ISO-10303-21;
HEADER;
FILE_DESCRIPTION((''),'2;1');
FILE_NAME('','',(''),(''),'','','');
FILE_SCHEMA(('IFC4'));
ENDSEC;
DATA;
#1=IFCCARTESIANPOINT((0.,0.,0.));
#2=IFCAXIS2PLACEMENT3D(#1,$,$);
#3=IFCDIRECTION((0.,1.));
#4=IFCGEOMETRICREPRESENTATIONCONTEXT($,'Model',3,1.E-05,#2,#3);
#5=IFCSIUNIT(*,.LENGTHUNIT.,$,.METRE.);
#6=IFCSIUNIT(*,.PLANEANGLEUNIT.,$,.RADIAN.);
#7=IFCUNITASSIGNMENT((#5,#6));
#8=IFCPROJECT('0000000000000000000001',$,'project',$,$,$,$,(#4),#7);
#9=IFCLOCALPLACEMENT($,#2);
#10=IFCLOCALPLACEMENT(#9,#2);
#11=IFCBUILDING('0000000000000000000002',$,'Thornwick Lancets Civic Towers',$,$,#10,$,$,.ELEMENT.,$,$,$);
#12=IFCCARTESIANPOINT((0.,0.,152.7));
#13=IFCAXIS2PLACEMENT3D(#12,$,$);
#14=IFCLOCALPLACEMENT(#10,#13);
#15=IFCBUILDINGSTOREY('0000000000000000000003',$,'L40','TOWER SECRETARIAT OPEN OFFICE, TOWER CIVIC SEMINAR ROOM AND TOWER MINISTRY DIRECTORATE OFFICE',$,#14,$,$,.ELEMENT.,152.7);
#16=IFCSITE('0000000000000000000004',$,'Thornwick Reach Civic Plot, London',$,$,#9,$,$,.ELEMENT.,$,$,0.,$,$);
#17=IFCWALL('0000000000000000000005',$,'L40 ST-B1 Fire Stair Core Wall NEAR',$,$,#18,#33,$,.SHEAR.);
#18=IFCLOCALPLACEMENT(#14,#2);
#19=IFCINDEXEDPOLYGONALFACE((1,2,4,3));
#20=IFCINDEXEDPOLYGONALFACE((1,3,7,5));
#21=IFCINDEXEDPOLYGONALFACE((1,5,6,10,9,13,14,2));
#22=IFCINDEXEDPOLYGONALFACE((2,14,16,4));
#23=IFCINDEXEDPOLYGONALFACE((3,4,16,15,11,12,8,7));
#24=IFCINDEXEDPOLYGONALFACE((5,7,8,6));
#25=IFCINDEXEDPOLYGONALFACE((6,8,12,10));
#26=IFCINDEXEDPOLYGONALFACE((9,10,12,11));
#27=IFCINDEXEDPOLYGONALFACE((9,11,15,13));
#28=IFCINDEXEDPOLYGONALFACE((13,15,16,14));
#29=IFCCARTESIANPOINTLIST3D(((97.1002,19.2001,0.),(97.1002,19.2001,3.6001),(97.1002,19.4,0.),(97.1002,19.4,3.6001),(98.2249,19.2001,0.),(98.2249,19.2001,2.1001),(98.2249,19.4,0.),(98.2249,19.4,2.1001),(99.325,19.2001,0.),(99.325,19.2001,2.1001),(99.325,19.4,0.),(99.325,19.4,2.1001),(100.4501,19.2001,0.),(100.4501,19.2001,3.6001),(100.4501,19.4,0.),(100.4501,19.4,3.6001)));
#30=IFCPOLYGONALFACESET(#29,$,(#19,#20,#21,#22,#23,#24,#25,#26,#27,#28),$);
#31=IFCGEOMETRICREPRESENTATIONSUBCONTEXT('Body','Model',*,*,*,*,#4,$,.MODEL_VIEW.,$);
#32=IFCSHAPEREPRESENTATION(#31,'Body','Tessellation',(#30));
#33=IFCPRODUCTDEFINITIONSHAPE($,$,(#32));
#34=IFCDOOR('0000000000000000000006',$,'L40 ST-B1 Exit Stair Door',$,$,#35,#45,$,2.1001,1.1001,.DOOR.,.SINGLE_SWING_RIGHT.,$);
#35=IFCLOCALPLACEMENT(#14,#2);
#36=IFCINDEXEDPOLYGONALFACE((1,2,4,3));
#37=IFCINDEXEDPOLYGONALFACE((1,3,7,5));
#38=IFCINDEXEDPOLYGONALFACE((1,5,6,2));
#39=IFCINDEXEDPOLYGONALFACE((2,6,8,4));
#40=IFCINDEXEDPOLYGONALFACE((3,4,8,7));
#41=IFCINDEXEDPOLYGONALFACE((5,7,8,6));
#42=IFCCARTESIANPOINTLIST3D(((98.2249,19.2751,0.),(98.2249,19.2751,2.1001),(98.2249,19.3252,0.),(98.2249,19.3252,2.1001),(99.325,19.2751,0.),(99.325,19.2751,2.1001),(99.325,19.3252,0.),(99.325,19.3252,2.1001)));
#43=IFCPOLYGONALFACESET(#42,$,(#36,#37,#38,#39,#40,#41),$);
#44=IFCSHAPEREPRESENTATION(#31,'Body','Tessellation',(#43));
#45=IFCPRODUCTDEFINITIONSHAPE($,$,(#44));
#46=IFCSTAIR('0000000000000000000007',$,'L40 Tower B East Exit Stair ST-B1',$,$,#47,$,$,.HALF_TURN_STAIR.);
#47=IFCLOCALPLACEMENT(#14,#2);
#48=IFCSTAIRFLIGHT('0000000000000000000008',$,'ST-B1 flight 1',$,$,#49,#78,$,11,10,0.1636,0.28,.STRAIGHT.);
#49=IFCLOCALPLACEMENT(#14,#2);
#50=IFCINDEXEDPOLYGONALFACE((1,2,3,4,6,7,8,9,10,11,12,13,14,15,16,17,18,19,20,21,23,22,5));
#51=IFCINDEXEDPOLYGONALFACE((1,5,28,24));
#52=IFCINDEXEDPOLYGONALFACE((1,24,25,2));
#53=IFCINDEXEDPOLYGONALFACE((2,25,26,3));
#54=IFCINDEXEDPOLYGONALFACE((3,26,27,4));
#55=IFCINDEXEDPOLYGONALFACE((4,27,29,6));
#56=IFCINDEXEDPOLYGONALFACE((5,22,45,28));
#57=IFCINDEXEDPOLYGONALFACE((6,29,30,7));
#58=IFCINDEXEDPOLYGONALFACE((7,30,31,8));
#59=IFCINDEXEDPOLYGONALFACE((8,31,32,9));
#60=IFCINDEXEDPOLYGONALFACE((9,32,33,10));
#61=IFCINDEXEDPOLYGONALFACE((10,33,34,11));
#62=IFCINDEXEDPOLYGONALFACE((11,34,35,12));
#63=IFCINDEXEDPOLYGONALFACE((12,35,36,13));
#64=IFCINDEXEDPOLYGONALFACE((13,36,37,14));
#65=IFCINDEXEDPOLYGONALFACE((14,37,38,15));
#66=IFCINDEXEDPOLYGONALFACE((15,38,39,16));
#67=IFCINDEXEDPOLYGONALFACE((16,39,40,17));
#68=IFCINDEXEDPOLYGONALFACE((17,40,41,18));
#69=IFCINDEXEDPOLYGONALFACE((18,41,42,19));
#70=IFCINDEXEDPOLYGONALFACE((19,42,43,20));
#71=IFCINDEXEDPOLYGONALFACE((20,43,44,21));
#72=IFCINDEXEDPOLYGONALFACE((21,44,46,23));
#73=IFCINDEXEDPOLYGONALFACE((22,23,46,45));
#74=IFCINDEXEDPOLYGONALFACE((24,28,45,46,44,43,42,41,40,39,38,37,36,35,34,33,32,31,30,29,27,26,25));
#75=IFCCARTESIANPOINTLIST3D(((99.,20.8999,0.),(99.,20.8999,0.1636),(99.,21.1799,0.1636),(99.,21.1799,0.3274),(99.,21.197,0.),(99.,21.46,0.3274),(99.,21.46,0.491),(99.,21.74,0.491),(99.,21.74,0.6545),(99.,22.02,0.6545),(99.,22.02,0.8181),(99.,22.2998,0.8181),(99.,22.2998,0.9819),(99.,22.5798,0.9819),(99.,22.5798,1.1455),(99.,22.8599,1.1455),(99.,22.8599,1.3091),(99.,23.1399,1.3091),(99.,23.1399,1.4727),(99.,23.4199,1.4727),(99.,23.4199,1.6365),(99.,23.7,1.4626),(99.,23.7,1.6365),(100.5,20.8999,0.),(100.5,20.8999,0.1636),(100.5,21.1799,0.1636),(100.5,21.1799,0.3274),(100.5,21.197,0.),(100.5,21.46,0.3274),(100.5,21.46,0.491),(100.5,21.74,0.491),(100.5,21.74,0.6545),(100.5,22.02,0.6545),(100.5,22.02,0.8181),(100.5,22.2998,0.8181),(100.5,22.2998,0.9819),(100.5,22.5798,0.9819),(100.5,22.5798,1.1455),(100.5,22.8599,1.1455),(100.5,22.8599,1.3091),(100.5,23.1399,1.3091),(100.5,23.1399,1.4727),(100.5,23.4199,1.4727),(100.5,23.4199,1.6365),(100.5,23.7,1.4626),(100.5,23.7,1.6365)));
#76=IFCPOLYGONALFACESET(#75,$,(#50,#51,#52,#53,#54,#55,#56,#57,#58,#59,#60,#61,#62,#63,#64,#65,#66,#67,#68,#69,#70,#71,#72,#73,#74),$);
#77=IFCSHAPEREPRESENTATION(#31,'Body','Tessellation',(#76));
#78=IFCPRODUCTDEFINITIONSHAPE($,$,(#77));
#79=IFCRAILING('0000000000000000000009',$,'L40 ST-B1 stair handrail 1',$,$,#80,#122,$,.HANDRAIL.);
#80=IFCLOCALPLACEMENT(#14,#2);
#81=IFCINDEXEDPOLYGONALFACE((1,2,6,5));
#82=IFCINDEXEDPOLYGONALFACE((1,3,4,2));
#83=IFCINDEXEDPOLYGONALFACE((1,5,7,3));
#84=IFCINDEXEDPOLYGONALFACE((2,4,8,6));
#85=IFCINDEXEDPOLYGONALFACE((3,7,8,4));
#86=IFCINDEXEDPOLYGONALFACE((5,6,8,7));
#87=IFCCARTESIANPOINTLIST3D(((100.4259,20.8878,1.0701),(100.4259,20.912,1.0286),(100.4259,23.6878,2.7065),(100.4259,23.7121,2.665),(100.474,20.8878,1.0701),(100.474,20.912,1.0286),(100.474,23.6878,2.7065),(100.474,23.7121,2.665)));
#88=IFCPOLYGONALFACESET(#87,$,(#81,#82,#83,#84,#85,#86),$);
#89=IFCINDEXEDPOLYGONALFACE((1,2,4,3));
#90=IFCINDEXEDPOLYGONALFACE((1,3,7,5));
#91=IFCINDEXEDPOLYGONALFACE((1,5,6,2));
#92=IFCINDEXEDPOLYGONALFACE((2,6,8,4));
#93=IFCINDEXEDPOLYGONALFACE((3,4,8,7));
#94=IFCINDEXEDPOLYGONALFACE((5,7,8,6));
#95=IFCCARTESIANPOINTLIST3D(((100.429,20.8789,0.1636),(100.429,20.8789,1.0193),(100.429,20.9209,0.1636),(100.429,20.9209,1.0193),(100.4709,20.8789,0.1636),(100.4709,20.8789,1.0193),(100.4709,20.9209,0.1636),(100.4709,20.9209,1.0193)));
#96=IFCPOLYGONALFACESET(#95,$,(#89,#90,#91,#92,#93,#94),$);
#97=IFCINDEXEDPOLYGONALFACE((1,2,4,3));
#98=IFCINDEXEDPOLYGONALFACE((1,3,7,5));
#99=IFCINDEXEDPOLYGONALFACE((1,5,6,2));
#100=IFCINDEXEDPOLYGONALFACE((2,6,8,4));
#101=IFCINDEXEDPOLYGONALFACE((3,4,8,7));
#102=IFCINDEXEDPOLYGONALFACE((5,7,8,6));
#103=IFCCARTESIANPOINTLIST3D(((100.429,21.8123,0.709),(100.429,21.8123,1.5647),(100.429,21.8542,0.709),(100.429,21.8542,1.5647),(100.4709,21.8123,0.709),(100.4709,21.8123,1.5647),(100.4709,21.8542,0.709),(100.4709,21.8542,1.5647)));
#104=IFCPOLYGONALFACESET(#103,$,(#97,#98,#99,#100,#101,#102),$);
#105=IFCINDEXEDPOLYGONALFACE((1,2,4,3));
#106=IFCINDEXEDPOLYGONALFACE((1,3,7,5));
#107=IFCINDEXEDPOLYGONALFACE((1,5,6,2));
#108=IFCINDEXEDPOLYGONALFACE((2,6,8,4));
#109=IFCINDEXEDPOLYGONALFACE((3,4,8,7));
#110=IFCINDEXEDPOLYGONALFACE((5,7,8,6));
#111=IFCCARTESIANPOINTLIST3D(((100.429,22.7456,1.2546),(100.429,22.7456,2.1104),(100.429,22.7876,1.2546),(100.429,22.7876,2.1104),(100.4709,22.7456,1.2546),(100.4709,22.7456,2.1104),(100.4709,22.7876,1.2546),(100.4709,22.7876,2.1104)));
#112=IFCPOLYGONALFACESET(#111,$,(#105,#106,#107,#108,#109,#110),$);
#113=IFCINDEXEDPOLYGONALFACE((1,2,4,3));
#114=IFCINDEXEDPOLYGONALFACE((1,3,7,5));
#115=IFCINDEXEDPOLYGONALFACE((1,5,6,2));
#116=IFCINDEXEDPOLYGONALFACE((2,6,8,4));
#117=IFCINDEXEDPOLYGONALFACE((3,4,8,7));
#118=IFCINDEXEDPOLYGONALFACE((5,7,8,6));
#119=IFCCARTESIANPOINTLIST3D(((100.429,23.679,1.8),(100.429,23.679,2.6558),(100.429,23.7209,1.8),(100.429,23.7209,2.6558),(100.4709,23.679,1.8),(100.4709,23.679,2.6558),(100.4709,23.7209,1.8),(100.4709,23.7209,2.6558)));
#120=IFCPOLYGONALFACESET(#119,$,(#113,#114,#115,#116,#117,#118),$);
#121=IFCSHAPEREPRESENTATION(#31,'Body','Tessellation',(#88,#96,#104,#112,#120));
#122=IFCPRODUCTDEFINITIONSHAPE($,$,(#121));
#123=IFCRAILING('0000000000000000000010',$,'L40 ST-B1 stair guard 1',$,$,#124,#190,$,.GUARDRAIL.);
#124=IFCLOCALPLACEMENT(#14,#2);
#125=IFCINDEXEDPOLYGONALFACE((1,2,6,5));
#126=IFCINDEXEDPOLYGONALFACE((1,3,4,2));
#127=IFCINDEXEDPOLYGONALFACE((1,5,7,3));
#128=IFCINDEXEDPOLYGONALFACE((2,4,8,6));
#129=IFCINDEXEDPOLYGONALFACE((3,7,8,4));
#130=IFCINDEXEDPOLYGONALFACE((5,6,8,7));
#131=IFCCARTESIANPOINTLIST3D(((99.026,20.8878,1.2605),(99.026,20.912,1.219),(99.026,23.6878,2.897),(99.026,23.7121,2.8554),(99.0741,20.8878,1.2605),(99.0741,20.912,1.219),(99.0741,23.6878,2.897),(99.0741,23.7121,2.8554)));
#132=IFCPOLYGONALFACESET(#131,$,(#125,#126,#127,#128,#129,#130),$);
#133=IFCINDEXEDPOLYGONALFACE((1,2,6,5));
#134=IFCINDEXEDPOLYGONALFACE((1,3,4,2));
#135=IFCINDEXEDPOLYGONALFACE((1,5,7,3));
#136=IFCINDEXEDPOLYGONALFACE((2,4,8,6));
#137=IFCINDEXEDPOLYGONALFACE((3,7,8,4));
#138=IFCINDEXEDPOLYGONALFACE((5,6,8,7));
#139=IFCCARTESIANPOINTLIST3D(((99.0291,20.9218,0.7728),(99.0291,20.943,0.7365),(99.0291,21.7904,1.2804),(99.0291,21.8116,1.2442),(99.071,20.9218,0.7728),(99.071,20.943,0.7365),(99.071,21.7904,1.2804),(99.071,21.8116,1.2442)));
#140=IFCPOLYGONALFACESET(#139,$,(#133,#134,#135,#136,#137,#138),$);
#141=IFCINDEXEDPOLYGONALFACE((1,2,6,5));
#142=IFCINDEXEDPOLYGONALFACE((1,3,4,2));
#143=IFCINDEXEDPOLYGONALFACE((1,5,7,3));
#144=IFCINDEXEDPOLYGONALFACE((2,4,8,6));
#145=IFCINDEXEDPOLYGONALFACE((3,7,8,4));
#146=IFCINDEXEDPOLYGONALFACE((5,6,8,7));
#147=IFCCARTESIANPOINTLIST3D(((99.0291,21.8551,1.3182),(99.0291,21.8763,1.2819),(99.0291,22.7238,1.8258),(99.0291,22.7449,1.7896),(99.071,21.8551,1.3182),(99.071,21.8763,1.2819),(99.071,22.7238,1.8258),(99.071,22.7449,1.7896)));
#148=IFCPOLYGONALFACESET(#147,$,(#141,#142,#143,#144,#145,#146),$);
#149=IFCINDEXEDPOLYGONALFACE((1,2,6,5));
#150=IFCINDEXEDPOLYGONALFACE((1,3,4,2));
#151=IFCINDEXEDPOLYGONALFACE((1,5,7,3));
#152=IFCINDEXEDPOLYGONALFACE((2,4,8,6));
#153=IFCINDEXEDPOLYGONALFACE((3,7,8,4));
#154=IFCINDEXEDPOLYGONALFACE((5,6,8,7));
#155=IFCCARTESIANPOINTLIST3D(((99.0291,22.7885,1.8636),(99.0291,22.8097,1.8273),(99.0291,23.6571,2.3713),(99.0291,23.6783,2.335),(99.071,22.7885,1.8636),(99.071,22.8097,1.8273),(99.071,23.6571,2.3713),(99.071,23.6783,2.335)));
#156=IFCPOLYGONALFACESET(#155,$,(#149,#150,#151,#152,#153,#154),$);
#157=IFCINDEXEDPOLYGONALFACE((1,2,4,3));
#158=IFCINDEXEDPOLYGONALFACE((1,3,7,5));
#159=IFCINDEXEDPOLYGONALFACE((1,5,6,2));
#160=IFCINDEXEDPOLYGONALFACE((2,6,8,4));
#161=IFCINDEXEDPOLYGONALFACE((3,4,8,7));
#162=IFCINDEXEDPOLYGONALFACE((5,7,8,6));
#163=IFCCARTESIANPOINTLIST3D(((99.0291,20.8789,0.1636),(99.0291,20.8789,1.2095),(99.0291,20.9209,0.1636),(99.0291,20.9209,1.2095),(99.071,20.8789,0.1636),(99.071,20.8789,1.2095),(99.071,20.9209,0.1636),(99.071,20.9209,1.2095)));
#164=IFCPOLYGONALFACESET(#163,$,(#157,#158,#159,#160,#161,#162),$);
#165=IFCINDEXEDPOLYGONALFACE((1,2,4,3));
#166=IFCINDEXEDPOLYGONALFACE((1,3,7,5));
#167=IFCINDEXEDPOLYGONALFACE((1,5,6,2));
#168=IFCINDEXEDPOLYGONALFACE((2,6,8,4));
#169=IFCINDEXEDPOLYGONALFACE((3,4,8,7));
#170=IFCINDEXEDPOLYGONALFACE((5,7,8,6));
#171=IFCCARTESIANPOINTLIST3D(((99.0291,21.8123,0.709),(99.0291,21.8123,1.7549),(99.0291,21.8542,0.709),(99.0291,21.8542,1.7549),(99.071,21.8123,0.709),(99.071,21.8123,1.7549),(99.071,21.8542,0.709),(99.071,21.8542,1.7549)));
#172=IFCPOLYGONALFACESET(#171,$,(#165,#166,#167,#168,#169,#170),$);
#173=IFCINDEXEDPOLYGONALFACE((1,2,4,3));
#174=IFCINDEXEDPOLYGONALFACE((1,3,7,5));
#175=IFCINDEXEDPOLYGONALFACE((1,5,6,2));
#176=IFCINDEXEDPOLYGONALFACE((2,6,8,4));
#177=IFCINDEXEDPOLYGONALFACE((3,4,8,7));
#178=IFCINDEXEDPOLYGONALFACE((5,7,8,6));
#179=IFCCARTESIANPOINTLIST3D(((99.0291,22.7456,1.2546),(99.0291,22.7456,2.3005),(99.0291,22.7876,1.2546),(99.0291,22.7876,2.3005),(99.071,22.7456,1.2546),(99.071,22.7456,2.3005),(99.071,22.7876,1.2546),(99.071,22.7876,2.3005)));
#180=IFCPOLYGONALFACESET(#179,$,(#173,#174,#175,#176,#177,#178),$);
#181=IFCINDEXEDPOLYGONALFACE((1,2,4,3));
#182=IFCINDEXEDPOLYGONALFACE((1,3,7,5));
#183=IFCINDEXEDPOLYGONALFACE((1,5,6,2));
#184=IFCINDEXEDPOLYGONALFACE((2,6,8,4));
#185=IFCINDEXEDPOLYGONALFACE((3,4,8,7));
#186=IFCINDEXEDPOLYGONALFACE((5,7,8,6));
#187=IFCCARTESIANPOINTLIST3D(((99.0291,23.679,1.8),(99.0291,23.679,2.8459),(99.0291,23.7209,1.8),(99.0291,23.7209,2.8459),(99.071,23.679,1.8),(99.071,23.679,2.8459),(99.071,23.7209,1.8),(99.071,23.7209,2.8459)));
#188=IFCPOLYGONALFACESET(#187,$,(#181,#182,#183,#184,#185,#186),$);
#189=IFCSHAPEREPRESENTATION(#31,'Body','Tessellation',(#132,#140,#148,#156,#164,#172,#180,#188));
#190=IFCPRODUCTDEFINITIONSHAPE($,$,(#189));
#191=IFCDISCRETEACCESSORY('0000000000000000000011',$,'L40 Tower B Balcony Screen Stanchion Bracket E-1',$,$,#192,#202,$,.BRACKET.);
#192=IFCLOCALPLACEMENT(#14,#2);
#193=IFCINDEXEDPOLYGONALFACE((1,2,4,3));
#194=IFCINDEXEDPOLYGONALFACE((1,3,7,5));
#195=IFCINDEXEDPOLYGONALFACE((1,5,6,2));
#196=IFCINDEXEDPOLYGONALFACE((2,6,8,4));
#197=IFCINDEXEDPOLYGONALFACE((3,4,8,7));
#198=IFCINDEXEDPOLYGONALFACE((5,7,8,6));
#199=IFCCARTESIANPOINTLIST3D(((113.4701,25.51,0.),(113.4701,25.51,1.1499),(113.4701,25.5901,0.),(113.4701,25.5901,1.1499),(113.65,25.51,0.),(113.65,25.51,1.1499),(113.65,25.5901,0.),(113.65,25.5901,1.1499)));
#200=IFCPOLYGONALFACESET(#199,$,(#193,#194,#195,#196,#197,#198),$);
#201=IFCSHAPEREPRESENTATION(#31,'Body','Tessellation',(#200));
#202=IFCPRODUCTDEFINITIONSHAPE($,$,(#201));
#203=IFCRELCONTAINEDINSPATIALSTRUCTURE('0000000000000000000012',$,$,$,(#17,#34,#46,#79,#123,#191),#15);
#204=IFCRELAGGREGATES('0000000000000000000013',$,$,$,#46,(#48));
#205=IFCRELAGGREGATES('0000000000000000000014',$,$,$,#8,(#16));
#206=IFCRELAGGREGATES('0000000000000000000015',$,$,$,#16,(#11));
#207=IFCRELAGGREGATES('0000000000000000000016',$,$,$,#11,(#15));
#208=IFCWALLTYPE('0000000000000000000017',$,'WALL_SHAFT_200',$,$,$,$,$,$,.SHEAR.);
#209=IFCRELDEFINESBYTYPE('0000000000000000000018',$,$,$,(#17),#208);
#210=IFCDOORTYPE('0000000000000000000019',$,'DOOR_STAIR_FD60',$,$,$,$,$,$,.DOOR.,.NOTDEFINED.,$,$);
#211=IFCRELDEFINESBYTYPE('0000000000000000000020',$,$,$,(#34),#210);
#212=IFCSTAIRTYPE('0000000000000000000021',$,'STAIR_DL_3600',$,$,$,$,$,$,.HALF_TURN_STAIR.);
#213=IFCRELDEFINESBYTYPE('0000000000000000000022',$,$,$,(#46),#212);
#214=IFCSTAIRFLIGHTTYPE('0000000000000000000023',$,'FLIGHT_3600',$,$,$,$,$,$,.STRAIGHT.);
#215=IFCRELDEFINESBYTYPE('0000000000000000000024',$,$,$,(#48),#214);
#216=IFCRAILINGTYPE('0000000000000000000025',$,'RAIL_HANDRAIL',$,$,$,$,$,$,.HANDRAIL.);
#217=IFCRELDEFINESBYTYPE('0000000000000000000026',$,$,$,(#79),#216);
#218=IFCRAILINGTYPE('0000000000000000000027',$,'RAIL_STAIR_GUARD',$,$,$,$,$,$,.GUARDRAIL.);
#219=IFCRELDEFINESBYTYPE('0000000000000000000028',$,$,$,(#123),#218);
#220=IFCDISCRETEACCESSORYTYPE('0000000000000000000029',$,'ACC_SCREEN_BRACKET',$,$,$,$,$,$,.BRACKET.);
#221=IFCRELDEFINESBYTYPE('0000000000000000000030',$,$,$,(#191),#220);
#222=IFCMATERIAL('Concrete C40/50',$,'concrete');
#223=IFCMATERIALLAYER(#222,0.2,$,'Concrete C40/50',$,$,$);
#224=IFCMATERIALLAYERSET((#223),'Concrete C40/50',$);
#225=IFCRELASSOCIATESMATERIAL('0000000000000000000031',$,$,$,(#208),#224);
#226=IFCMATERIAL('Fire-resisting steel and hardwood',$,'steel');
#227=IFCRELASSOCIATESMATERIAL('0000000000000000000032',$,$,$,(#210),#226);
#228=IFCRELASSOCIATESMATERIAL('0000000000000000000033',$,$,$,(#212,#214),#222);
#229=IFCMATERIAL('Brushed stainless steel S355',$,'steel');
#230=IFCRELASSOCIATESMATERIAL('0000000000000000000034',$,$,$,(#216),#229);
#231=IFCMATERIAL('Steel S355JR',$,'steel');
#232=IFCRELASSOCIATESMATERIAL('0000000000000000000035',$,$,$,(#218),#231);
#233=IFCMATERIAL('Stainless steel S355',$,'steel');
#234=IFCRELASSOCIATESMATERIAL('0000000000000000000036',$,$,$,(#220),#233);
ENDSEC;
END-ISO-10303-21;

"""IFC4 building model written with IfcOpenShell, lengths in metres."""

from ifc_helpers import new_model, si_unit, direction, frame, frame_2d, origin, origin_2d, place, context, subcontext, project, spatial, polyline, rectangle, outline, extrude, material, layer, layer_set, type_object, element, fill, aggregate, save


model = new_model("IFC4")

# Units and contexts
model_context = context("Model", 3, precision=1e-05, world=origin(), true_north=direction((0.0, 1.0)))
body_context = subcontext(model_context, "Body", "Model", "MODEL_VIEW")
ifc_project = project(units=[si_unit("LENGTHUNIT", "METRE"), si_unit("PLANEANGLEUNIT", "RADIAN")], contexts=[model_context])

# Site, building, storey
site_placement = place(None, origin())
site = spatial("IfcSite", under=ifc_project, at=site_placement, Name="Thornwick Reach Civic Plot, London", CompositionType="ELEMENT", RefElevation=0.0)
building_placement = place(site_placement, origin())
building = spatial("IfcBuilding", under=site, at=building_placement, Name="Thornwick Lancets Civic Towers", CompositionType="ELEMENT")
storey_placement = place(building_placement, frame((0.0, 0.0, 152.7)))
storey = spatial("IfcBuildingStorey", under=building, at=storey_placement, Name="L40", Description="TOWER SECRETARIAT OPEN OFFICE, TOWER CIVIC SEMINAR ROOM AND TOWER MINISTRY DIRECTORATE OFFICE", CompositionType="ELEMENT", Elevation=152.7)

# Shared definitions
ifc_material_1 = material(Name="Steel S355JR", Category="steel")
ifc_material_2 = material(Name="Concrete C40/50", Category="concrete")

# Wall, opening, door
ifc_layer_1 = layer(ifc_material_2, 0.2, Name="Concrete C40/50")
ifc_layer_set_1 = layer_set([ifc_layer_1], Name="Concrete C40/50")
wall_type_1 = type_object("IfcWallType", Name="WALL_SHAFT_200", PredefinedType="SHEAR", material=ifc_layer_set_1)
wall_1_placement = place(storey_placement, frame((100.45, 19.3, 0.0), z_axis=(0.0, 0.0, 1.0), x_axis=(-1.0, 0.0, 0.0)))
wall_1 = element("IfcWall", 1, at=wall_1_placement, inside=storey, type_object=wall_type_1, Name="L40 ST-B1 Fire Stair Core Wall NEAR", PredefinedType="SHEAR", context=body_context, shape_type="SweptSolid", body=[
    extrude(rectangle(XDim=3.3499, YDim=0.2, at=frame_2d((1.6748, 0.0))), origin(), (0.0, 0.0, 1.0), 3.6001),
])
opening_placement = place(wall_1_placement, frame((1.125, 0.0, 0.0)))
opening = element("IfcOpeningElement", 2, at=opening_placement, cuts=wall_1, PredefinedType="OPENING", context=body_context, shape_type="SweptSolid", body=[
    extrude(rectangle(XDim=1.1001, YDim=2.1001, at=frame_2d((0.55, 1.05))), frame((0.0, 0.1099, 0.0), z_axis=(0.0, -1.0, 0.0), x_axis=(1.0, 0.0, 0.0)), (0.0, 0.0, 1.0), 0.22),
])
ifc_material_3 = material(Name="Fire-resisting steel and hardwood", Category="steel")
door_type = type_object("IfcDoorType", Name="DOOR_STAIR_FD60", OperationType="NOTDEFINED", PredefinedType="DOOR", material=ifc_material_3)
door_placement = place(opening_placement, origin())
door = element("IfcDoor", 3, at=door_placement, inside=storey, type_object=door_type, Name="L40 ST-B1 Exit Stair Door", OperationType="SINGLE_SWING_RIGHT", OverallHeight=2.1001, OverallWidth=1.1001, PredefinedType="DOOR", context=body_context, shape_type="SweptSolid", body=[
    extrude(rectangle(XDim=1.1001, YDim=2.1001, at=frame_2d((0.55, 1.05))), frame((0.0, 0.0249, 0.0), z_axis=(0.0, -1.0, 0.0), x_axis=(1.0, 0.0, 0.0)), (0.0, 0.0, 1.0), 0.05),
])
fill(opening, door)

# Stair, stair flight
stair_type = type_object("IfcStairType", Name="STAIR_DL_3600", PredefinedType="HALF_TURN_STAIR", material=ifc_material_2)
stair_placement = place(storey_placement, origin())
stair = element("IfcStair", 4, at=stair_placement, inside=storey, type_object=stair_type, Name="L40 Tower B East Exit Stair ST-B1", PredefinedType="HALF_TURN_STAIR")
stair_flight_type = type_object("IfcStairFlightType", Name="FLIGHT_3600", PredefinedType="STRAIGHT", material=ifc_material_2)
stair_flight_placement = place(storey_placement, frame((99.75, 20.8999, 0.0), z_axis=(0.0, 0.0, 1.0), x_axis=(0.0, 1.0, 0.0)))
stair_flight = element("IfcStairFlight", 5, at=stair_flight_placement, type_object=stair_flight_type, Name="ST-B1 flight 1", NumberOfRisers=11, NumberOfTreads=10, PredefinedType="STRAIGHT", RiserHeight=0.1636, TreadLength=0.28, context=body_context, shape_type="SweptSolid", body=[
    extrude(outline(polyline([(0.0, 0.0), (0.0, 0.1636), (0.28, 0.1636), (0.28, 0.3274), (0.5601, 0.3274), (0.5601, 0.491), (0.8401, 0.491), (0.8401, 0.6545), (1.1201, 0.6545), (1.1201, 0.8181), (1.3999, 0.8181), (1.3999, 0.9819), (1.6799, 0.9819), (1.6799, 1.1455), (1.96, 1.1455), (1.96, 1.3091), (2.24, 1.3091), (2.24, 1.4727), (2.52, 1.4727), (2.52, 1.6365), (2.8, 1.6365), (2.8, 1.8), (2.8, 1.4626), (0.2971, 0.0), (0.0, 0.0)])), frame((0.0, 0.75, 0.0), z_axis=(0.0, -1.0, 0.0), x_axis=(1.0, 0.0, 0.0)), (0.0, 0.0, 1.0), 1.5),
])
aggregate(stair, [stair_flight])

# Railings
ifc_material_4 = material(Name="Brushed stainless steel S355", Category="steel")
railing_type_1 = type_object("IfcRailingType", Name="RAIL_HANDRAIL", PredefinedType="HANDRAIL", material=ifc_material_4)
railing_1_placement = place(storey_placement, frame((100.45, 20.8999, 0.1636)))
element("IfcRailing", 6, at=railing_1_placement, inside=storey, type_object=railing_type_1, Name="L40 ST-B1 stair handrail 1", PredefinedType="HANDRAIL", context=body_context, shape_type="SweptSolid", body=[
    extrude(rectangle(XDim=0.0481, YDim=0.0481, at=origin_2d()), frame((0.0, 0.0, 0.8857), z_axis=(0.0, 0.863361, 0.504587), x_axis=(-1.0, 0.0, 0.0)), (0.0, 0.0, 1.0), 3.2432),
    extrude(rectangle(XDim=0.042, YDim=0.042, at=origin_2d()), origin(), (0.0, 0.0, 1.0), 0.8557),
    extrude(rectangle(XDim=0.042, YDim=0.042, at=origin_2d()), frame((0.0, 0.9333, 0.5454)), (0.0, 0.0, 1.0), 0.8557),
    extrude(rectangle(XDim=0.042, YDim=0.042, at=origin_2d()), frame((0.0, 1.8667, 1.0911)), (0.0, 0.0, 1.0), 0.8557),
    extrude(rectangle(XDim=0.042, YDim=0.042, at=origin_2d()), frame((0.0, 2.8, 1.6365)), (0.0, 0.0, 1.0), 0.8557),
])
railing_type_2 = type_object("IfcRailingType", Name="RAIL_STAIR_GUARD", PredefinedType="GUARDRAIL", material=ifc_material_1)
railing_2_placement = place(storey_placement, frame((99.05, 20.8999, 0.1636)))
element("IfcRailing", 7, at=railing_2_placement, inside=storey, type_object=railing_type_2, Name="L40 ST-B1 stair guard 1", PredefinedType="GUARDRAIL", context=body_context, shape_type="SweptSolid", body=[
    extrude(rectangle(XDim=0.0481, YDim=0.0481, at=origin_2d()), frame((0.0, 0.0, 1.0762), z_axis=(0.0, 0.863361, 0.504587), x_axis=(-1.0, 0.0, 0.0)), (0.0, 0.0, 1.0), 3.2432),
    extrude(rectangle(XDim=0.042, YDim=0.042, at=origin_2d()), frame((0.0, 0.0325, 0.5911), z_axis=(0.0, 0.863361, 0.504587), x_axis=(-1.0, 0.0, 0.0)), (0.0, 0.0, 1.0), 1.0061),
    extrude(rectangle(XDim=0.042, YDim=0.042, at=origin_2d()), frame((0.0, 0.9658, 1.1365), z_axis=(0.0, 0.863361, 0.504587), x_axis=(-1.0, 0.0, 0.0)), (0.0, 0.0, 1.0), 1.0061),
    extrude(rectangle(XDim=0.042, YDim=0.042, at=origin_2d()), frame((0.0, 1.8992, 1.6819), z_axis=(0.0, 0.863361, 0.504587), x_axis=(-1.0, 0.0, 0.0)), (0.0, 0.0, 1.0), 1.0061),
    extrude(rectangle(XDim=0.042, YDim=0.042, at=origin_2d()), origin(), (0.0, 0.0, 1.0), 1.0459),
    extrude(rectangle(XDim=0.042, YDim=0.042, at=origin_2d()), frame((0.0, 0.9333, 0.5454)), (0.0, 0.0, 1.0), 1.0459),
    extrude(rectangle(XDim=0.042, YDim=0.042, at=origin_2d()), frame((0.0, 1.8667, 1.0911)), (0.0, 0.0, 1.0), 1.0459),
    extrude(rectangle(XDim=0.042, YDim=0.042, at=origin_2d()), frame((0.0, 2.8, 1.6365)), (0.0, 0.0, 1.0), 1.0459),
])

# Discrete accessory
ifc_material_5 = material(Name="Stainless steel S355", Category="steel")
discrete_accessory_type = type_object("IfcDiscreteAccessoryType", Name="ACC_SCREEN_BRACKET", PredefinedType="BRACKET", material=ifc_material_5)
discrete_accessory_placement = place(storey_placement, frame((113.5601, 25.55, 0.0), z_axis=(0.0, 0.0, 1.0), x_axis=(0.0, 1.0, 0.0)))
element("IfcDiscreteAccessory", 8, at=discrete_accessory_placement, inside=storey, type_object=discrete_accessory_type, Name="L40 Tower B Balcony Screen Stanchion Bracket E-1", PredefinedType="BRACKET", context=body_context, shape_type="SweptSolid", body=[
    extrude(rectangle(XDim=0.0801, YDim=0.1799, at=origin_2d()), origin(), (0.0, 0.0, 1.0), 1.1499),
])

save(model, "model.ifc")
